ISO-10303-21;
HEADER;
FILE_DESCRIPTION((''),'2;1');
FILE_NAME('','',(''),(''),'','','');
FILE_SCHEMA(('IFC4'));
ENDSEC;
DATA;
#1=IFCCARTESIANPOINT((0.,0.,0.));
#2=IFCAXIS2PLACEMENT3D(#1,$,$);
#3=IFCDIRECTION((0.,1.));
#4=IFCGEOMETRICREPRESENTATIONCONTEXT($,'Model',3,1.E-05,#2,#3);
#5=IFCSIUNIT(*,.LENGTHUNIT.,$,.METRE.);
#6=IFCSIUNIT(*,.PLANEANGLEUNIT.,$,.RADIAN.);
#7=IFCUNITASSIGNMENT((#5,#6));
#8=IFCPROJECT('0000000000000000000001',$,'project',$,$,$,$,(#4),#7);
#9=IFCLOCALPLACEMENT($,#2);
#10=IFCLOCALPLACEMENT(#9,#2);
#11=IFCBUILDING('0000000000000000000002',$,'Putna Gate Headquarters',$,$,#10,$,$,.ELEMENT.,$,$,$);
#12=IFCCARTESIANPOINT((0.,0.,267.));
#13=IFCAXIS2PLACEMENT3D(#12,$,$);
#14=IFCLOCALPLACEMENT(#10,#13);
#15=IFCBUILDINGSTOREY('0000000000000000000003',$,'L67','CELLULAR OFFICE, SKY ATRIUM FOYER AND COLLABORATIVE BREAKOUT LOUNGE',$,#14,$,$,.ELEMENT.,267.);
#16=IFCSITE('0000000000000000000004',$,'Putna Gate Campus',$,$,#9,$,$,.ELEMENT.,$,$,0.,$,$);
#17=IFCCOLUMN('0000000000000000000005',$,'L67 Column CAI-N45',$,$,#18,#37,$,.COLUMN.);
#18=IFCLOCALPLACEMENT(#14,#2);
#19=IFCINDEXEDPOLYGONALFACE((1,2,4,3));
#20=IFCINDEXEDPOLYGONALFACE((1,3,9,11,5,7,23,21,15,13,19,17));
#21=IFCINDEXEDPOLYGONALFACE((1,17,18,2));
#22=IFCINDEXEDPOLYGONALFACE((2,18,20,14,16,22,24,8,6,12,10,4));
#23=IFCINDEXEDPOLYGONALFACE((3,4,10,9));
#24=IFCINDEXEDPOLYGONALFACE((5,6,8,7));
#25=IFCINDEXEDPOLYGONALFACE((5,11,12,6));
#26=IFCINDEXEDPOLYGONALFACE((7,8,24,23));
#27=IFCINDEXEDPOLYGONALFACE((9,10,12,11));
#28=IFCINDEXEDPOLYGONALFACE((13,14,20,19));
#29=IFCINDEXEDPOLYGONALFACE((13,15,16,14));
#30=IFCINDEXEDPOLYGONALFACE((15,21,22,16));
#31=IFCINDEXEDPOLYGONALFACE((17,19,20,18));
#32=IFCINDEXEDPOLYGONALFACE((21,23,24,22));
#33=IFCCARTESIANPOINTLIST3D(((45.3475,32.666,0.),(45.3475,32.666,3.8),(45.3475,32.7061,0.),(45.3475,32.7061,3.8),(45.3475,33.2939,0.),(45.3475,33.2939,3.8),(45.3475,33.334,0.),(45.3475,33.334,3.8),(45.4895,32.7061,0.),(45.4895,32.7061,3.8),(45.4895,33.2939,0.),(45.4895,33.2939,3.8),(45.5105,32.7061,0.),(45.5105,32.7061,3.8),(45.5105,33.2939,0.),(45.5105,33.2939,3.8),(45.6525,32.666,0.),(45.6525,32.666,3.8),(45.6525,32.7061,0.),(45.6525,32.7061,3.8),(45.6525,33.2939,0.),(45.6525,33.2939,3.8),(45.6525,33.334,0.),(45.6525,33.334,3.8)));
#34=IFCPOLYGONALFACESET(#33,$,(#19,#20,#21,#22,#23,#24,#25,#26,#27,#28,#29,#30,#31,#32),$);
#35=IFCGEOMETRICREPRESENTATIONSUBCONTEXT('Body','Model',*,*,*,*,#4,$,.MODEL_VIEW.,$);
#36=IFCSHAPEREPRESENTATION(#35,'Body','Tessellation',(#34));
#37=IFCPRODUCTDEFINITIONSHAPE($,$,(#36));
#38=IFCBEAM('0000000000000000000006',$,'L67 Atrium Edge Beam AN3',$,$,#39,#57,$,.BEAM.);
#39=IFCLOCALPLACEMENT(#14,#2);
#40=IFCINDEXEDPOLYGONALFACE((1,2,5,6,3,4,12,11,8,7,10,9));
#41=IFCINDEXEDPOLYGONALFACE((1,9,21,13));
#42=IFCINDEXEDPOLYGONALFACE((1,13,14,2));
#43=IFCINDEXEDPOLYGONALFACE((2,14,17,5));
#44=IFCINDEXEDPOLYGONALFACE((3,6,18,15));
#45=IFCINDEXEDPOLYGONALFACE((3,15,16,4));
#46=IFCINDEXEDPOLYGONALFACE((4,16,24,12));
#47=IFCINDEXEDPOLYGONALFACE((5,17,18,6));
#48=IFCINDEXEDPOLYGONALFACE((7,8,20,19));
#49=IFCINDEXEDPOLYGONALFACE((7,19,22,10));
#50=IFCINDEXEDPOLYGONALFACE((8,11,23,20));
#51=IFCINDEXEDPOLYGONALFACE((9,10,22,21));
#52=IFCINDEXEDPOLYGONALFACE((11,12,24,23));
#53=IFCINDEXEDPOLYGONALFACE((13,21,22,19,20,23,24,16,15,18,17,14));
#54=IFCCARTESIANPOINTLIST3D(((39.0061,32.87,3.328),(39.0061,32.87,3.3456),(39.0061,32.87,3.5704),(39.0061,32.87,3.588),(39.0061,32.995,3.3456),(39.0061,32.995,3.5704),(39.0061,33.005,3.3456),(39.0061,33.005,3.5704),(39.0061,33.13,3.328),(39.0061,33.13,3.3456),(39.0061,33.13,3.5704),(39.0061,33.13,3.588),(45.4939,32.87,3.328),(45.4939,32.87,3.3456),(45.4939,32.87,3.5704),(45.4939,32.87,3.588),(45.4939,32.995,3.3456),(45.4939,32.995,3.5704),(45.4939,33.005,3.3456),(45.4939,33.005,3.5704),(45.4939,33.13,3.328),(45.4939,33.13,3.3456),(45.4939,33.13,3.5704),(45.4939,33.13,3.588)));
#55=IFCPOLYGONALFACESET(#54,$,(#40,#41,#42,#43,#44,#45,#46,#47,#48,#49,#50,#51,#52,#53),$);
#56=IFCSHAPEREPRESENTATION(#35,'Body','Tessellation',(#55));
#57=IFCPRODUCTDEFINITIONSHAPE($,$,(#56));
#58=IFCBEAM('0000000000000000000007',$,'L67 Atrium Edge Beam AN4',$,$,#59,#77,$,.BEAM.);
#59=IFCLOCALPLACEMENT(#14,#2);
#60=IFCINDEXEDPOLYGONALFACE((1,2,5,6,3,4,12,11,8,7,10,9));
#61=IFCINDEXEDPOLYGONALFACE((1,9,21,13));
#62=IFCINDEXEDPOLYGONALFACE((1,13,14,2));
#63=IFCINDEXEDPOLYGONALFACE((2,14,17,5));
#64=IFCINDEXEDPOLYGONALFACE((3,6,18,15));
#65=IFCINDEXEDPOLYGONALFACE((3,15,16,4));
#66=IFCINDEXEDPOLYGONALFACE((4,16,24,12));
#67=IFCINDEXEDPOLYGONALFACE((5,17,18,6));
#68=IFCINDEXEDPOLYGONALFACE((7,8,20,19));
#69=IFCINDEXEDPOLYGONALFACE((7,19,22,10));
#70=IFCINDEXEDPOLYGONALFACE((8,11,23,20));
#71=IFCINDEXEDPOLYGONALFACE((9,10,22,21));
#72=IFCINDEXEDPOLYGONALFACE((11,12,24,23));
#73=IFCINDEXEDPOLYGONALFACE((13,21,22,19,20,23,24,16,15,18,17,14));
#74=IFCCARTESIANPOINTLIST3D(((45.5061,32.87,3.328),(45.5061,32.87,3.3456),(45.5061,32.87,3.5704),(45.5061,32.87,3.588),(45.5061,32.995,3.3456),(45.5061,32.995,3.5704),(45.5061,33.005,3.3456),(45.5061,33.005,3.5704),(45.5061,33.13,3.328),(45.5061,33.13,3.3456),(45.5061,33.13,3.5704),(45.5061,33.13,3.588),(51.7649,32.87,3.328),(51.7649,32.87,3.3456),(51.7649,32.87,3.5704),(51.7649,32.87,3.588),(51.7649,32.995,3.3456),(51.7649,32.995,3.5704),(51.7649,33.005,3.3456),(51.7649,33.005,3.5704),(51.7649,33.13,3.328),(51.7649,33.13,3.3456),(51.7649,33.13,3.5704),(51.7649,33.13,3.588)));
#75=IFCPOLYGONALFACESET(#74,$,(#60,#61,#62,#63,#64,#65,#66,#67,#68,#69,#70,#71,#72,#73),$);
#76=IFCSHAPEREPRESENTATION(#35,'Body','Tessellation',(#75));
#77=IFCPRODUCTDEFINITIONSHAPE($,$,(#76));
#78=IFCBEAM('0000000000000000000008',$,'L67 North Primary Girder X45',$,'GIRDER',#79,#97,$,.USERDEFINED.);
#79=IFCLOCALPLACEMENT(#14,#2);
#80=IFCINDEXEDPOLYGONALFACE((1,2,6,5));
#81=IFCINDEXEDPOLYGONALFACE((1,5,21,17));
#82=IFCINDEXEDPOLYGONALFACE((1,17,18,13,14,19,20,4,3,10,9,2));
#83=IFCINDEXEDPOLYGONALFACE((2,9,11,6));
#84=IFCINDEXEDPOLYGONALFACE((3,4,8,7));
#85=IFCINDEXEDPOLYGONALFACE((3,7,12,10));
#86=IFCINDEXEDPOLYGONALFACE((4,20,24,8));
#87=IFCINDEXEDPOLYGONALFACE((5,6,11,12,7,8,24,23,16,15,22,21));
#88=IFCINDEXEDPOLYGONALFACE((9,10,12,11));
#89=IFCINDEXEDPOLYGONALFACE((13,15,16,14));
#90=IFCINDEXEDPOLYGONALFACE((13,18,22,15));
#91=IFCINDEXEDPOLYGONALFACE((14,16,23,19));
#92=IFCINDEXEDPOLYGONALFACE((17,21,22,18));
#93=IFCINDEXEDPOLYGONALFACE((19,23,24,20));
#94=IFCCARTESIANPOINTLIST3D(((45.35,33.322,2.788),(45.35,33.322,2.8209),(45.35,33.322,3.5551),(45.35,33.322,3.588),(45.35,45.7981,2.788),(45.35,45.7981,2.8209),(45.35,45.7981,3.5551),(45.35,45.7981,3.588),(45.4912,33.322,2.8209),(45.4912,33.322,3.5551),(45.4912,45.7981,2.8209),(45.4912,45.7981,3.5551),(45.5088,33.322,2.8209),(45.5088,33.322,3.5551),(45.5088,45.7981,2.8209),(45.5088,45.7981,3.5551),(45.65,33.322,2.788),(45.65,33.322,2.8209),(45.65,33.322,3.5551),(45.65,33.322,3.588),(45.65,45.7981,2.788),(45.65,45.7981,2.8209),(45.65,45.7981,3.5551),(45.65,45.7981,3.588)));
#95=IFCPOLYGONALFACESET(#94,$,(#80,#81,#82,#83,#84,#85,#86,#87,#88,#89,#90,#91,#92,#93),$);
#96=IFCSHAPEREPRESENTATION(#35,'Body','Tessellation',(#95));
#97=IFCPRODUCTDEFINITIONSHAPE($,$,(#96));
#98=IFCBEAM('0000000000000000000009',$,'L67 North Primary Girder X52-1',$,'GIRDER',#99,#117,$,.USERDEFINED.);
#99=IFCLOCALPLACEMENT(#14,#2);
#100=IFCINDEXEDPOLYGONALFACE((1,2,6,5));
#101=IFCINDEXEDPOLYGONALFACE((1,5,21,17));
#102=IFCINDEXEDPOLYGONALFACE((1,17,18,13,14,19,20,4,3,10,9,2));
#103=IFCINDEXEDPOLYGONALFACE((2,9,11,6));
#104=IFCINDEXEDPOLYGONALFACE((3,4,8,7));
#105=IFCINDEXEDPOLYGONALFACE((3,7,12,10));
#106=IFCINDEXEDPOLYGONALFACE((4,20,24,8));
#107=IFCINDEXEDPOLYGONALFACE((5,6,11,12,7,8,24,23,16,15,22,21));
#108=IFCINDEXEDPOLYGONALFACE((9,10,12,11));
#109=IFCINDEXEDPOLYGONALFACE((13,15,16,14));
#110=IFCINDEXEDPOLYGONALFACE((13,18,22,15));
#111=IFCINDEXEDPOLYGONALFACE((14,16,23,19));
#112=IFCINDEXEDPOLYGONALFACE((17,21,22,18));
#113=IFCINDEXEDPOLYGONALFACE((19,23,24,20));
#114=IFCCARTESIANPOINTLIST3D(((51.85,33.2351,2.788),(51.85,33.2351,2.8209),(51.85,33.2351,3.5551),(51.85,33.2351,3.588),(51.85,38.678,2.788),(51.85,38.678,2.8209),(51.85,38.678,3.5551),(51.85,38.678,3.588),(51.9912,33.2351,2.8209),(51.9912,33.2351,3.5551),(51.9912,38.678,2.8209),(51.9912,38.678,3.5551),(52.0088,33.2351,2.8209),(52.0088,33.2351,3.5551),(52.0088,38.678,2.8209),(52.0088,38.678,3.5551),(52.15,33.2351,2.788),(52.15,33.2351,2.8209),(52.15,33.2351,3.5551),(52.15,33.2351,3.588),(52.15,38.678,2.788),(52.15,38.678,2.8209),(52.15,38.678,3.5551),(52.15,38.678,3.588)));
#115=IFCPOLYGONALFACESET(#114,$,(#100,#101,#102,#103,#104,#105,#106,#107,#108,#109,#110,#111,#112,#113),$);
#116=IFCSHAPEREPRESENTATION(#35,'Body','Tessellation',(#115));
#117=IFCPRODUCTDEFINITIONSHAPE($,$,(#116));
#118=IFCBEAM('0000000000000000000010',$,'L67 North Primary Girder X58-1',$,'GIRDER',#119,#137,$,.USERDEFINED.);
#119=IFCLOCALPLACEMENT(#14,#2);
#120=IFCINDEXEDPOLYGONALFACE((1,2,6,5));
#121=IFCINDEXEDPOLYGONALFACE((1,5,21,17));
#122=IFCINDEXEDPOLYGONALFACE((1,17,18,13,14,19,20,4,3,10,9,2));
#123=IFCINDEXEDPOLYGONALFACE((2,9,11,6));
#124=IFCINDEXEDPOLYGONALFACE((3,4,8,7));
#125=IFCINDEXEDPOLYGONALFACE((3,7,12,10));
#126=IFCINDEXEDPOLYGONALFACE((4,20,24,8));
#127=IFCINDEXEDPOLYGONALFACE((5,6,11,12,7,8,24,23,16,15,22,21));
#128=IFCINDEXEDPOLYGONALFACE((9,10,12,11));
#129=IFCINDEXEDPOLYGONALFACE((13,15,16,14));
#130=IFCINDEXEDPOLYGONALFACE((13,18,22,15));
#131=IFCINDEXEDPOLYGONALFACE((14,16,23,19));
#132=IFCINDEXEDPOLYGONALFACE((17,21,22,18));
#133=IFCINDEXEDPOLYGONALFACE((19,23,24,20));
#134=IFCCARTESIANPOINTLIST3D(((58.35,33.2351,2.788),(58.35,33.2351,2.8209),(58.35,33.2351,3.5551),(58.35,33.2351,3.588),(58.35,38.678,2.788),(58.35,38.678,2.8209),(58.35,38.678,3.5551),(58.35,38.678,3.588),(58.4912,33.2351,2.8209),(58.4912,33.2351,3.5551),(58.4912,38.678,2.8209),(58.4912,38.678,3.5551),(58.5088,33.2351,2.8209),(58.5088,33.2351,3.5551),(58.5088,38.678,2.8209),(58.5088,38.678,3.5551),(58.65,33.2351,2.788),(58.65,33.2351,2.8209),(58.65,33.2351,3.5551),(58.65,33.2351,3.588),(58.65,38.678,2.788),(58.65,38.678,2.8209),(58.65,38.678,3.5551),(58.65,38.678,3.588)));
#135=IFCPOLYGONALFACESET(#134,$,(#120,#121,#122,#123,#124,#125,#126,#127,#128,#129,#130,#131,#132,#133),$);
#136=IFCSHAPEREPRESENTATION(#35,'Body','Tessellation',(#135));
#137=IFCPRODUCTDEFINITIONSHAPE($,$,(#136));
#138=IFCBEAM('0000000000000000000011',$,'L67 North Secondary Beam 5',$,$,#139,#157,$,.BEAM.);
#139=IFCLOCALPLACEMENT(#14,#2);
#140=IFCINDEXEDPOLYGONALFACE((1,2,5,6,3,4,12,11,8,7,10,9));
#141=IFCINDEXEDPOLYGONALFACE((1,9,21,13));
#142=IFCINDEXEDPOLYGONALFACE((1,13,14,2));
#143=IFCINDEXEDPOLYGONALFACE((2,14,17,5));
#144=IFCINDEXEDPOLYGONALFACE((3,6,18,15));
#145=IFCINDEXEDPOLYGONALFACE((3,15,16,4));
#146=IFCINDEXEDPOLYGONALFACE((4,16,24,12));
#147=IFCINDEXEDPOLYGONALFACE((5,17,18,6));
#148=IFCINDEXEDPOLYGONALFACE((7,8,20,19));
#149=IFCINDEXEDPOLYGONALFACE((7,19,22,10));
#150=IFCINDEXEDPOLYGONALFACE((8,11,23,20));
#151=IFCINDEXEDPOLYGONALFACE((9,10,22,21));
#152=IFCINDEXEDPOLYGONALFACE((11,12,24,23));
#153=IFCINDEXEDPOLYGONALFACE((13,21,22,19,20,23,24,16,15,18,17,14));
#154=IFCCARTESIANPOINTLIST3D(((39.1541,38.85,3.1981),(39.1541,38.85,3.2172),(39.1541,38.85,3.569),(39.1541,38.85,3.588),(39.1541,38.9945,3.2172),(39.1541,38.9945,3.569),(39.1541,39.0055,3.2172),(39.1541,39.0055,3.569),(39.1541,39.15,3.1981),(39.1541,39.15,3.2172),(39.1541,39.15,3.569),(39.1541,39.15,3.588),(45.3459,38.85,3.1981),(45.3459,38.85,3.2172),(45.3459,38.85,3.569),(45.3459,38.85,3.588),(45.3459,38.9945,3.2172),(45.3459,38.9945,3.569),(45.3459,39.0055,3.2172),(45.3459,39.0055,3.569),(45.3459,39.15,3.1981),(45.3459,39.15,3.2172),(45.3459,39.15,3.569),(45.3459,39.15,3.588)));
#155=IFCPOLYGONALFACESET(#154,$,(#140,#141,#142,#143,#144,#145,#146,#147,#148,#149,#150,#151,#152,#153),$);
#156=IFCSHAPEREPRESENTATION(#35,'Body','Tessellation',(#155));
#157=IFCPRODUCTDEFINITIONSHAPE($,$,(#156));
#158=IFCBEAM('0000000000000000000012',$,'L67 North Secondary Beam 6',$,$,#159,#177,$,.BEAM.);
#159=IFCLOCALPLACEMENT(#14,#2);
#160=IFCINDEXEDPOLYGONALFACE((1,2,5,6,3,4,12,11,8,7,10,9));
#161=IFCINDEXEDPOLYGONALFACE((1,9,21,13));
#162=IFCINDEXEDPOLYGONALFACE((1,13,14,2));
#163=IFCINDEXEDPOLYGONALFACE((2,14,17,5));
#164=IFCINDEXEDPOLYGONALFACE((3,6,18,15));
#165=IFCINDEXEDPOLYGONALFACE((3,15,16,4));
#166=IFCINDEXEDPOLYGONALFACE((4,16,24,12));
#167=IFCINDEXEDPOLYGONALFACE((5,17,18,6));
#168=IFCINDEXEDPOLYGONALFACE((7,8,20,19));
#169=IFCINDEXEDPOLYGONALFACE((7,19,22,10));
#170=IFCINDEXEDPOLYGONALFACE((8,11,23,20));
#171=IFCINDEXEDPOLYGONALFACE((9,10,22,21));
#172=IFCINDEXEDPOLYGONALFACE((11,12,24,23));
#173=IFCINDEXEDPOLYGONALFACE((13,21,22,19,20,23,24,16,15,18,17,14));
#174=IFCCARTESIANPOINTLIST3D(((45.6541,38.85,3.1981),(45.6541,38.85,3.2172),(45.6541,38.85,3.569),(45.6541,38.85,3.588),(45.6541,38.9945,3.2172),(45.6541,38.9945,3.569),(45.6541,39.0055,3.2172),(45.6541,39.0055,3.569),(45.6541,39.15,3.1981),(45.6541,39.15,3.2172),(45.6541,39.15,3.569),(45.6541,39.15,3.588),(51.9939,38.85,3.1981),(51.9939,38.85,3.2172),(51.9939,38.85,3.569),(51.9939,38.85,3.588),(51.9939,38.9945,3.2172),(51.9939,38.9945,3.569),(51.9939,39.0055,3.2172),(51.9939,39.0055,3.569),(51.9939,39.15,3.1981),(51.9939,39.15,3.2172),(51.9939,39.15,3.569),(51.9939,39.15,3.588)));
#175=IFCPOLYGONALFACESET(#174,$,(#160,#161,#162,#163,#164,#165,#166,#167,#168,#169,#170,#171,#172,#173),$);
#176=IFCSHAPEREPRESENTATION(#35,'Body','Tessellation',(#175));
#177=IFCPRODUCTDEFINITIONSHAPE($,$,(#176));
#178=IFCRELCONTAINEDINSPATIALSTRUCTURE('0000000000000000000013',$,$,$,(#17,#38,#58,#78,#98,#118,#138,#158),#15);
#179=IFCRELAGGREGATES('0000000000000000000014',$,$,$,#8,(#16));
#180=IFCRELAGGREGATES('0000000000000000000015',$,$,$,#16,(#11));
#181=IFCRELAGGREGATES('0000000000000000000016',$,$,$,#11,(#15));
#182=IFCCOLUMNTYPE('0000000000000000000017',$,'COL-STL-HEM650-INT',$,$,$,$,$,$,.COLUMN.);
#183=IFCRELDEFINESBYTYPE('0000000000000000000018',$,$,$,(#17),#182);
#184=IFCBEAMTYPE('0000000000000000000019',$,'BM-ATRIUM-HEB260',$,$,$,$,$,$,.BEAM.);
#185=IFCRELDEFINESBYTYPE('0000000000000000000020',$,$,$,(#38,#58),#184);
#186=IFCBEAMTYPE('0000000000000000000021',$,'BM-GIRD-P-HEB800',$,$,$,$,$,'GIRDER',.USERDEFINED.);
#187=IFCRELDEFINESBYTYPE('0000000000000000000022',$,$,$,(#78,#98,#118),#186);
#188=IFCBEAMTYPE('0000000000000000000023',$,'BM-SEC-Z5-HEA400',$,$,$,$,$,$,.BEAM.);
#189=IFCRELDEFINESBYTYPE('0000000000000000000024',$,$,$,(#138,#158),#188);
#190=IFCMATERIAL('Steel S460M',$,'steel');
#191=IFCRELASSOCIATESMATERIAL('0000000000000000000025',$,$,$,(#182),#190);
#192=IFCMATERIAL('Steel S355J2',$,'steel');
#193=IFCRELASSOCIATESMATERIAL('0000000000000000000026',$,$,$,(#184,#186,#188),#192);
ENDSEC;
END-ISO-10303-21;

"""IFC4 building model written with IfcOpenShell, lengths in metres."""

from ifc_helpers import new_model, si_unit, direction, frame, origin, origin_2d, place, context, subcontext, project, spatial, i_section, extrude, material, material_profile, profile_set, type_object, element, save


model = new_model("IFC4")

# Units and contexts
model_context = context("Model", 3, precision=1e-05, world=origin(), true_north=direction((0.0, 1.0)))
body_context = subcontext(model_context, "Body", "Model", "MODEL_VIEW")
ifc_project = project(units=[si_unit("LENGTHUNIT", "METRE"), si_unit("PLANEANGLEUNIT", "RADIAN")], contexts=[model_context])

# Site, building, storey
site_placement = place(None, origin())
site = spatial("IfcSite", under=ifc_project, at=site_placement, Name="Putna Gate Campus", CompositionType="ELEMENT", RefElevation=0.0)
building_placement = place(site_placement, origin())
building = spatial("IfcBuilding", under=site, at=building_placement, Name="Putna Gate Headquarters", CompositionType="ELEMENT")
storey_placement = place(building_placement, frame((0.0, 0.0, 267.0)))
storey = spatial("IfcBuildingStorey", under=building, at=storey_placement, Name="L67", Description="CELLULAR OFFICE, SKY ATRIUM FOYER AND COLLABORATIVE BREAKOUT LOUNGE", CompositionType="ELEMENT", Elevation=267.0)

# Column
ifc_material_1 = material(Name="Steel S460M", Category="steel")
ifc_material_profile_1 = material_profile(ifc_material_1, i_section(OverallWidth=0.3049, OverallDepth=0.668, WebThickness=0.021, FlangeThickness=0.04, at=origin_2d()), Name="Steel S460M")
ifc_profile_set_1 = profile_set([ifc_material_profile_1], Name="Steel S460M")
column_type = type_object("IfcColumnType", Name="COL-STL-HEM650-INT", PredefinedType="COLUMN", material=ifc_profile_set_1)
column_placement = place(storey_placement, frame((45.5, 33.0, 0.0), z_axis=(0.0, 0.0, 1.0), x_axis=(1.0, 0.0, 0.0)))
element("IfcColumn", 1, at=column_placement, inside=storey, type_object=column_type, Name="L67 Column CAI-N45", PredefinedType="COLUMN", context=body_context, shape_type="SweptSolid", body=[
    extrude(i_section(OverallWidth=0.3049, OverallDepth=0.668, WebThickness=0.021, FlangeThickness=0.04, at=origin_2d()), origin(), (0.0, 0.0, 1.0), 3.8),
])

# Beams
ifc_material_2 = material(Name="Steel S355J2", Category="steel")
ifc_material_profile_2 = material_profile(ifc_material_2, i_section(OverallWidth=0.26, OverallDepth=0.26, WebThickness=0.01, FlangeThickness=0.0176, at=origin_2d()), Name="Steel S355J2")
ifc_profile_set_2 = profile_set([ifc_material_profile_2], Name="Steel S355J2")
beam_type_1 = type_object("IfcBeamType", Name="BM-ATRIUM-HEB260", PredefinedType="BEAM", material=ifc_profile_set_2)
beam_1_placement = place(storey_placement, frame((39.0061, 33.0, 3.458), z_axis=(1.0, 0.0, 0.0), x_axis=(0.0, 1.0, 0.0)))
element("IfcBeam", 2, at=beam_1_placement, inside=storey, type_object=beam_type_1, Name="L67 Atrium Edge Beam AN3", PredefinedType="BEAM", context=body_context, shape_type="SweptSolid", body=[
    extrude(i_section(OverallWidth=0.26, OverallDepth=0.26, WebThickness=0.01, FlangeThickness=0.0176, at=origin_2d()), origin(), (0.0, 0.0, 1.0), 6.4878),
])
beam_2_placement = place(storey_placement, frame((45.5061, 33.0, 3.458), z_axis=(1.0, 0.0, 0.0), x_axis=(0.0, 1.0, 0.0)))
element("IfcBeam", 3, at=beam_2_placement, inside=storey, type_object=beam_type_1, Name="L67 Atrium Edge Beam AN4", PredefinedType="BEAM", context=body_context, shape_type="SweptSolid", body=[
    extrude(i_section(OverallWidth=0.26, OverallDepth=0.26, WebThickness=0.01, FlangeThickness=0.0176, at=origin_2d()), origin(), (0.0, 0.0, 1.0), 6.2588),
])
ifc_material_profile_3 = material_profile(ifc_material_2, i_section(OverallWidth=0.3, OverallDepth=0.8, WebThickness=0.0176, FlangeThickness=0.033, at=origin_2d()), Name="Steel S355J2")
ifc_profile_set_3 = profile_set([ifc_material_profile_3], Name="Steel S355J2")
beam_type_2 = type_object("IfcBeamType", Name="BM-GIRD-P-HEB800", ElementType="GIRDER", PredefinedType="USERDEFINED", material=ifc_profile_set_3)
beam_3_placement = place(storey_placement, frame((45.5, 33.322, 3.188), z_axis=(0.0, 1.0, 0.0), x_axis=(-1.0, 0.0, 0.0)))
element("IfcBeam", 4, at=beam_3_placement, inside=storey, type_object=beam_type_2, Name="L67 North Primary Girder X45", ObjectType="GIRDER", PredefinedType="USERDEFINED", context=body_context, shape_type="SweptSolid", body=[
    extrude(i_section(OverallWidth=0.3, OverallDepth=0.8, WebThickness=0.0176, FlangeThickness=0.033, at=origin_2d()), origin(), (0.0, 0.0, 1.0), 12.4761),
])
for number, where, z_axis, x_axis, name in (
    (5, (52.0, 33.2351, 3.188), (0.0, 1.0, 0.0), (-1.0, 0.0, 0.0), "L67 North Primary Girder X52-1"),
    (6, (58.5, 33.2351, 3.188), (0.0, 1.0, 0.0), (-1.0, 0.0, 0.0), "L67 North Primary Girder X58-1"),
):
    element("IfcBeam", number, at=place(storey_placement, frame(where, z_axis=z_axis, x_axis=x_axis)), inside=storey, type_object=beam_type_2, Name=name, ObjectType="GIRDER", PredefinedType="USERDEFINED", context=body_context, shape_type="SweptSolid", body=[
        extrude(i_section(OverallWidth=0.3, OverallDepth=0.8, WebThickness=0.0176, FlangeThickness=0.033, at=origin_2d()), origin(), (0.0, 0.0, 1.0), 5.4429),
    ])
ifc_material_profile_4 = material_profile(ifc_material_2, i_section(OverallWidth=0.3, OverallDepth=0.3899, WebThickness=0.011, FlangeThickness=0.019, at=origin_2d()), Name="Steel S355J2")
ifc_profile_set_4 = profile_set([ifc_material_profile_4], Name="Steel S355J2")
beam_type_3 = type_object("IfcBeamType", Name="BM-SEC-Z5-HEA400", PredefinedType="BEAM", material=ifc_profile_set_4)
beam_4_placement = place(storey_placement, frame((39.1541, 39.0, 3.3931), z_axis=(1.0, 0.0, 0.0), x_axis=(0.0, 1.0, 0.0)))
element("IfcBeam", 7, at=beam_4_placement, inside=storey, type_object=beam_type_3, Name="L67 North Secondary Beam 5", PredefinedType="BEAM", context=body_context, shape_type="SweptSolid", body=[
    extrude(i_section(OverallWidth=0.3, OverallDepth=0.3899, WebThickness=0.011, FlangeThickness=0.019, at=origin_2d()), origin(), (0.0, 0.0, 1.0), 6.1919),
])
beam_5_placement = place(storey_placement, frame((45.6541, 39.0, 3.3931), z_axis=(1.0, 0.0, 0.0), x_axis=(0.0, 1.0, 0.0)))
element("IfcBeam", 8, at=beam_5_placement, inside=storey, type_object=beam_type_3, Name="L67 North Secondary Beam 6", PredefinedType="BEAM", context=body_context, shape_type="SweptSolid", body=[
    extrude(i_section(OverallWidth=0.3, OverallDepth=0.3899, WebThickness=0.011, FlangeThickness=0.019, at=origin_2d()), origin(), (0.0, 0.0, 1.0), 6.3398),
])

save(model, "model.ifc")
